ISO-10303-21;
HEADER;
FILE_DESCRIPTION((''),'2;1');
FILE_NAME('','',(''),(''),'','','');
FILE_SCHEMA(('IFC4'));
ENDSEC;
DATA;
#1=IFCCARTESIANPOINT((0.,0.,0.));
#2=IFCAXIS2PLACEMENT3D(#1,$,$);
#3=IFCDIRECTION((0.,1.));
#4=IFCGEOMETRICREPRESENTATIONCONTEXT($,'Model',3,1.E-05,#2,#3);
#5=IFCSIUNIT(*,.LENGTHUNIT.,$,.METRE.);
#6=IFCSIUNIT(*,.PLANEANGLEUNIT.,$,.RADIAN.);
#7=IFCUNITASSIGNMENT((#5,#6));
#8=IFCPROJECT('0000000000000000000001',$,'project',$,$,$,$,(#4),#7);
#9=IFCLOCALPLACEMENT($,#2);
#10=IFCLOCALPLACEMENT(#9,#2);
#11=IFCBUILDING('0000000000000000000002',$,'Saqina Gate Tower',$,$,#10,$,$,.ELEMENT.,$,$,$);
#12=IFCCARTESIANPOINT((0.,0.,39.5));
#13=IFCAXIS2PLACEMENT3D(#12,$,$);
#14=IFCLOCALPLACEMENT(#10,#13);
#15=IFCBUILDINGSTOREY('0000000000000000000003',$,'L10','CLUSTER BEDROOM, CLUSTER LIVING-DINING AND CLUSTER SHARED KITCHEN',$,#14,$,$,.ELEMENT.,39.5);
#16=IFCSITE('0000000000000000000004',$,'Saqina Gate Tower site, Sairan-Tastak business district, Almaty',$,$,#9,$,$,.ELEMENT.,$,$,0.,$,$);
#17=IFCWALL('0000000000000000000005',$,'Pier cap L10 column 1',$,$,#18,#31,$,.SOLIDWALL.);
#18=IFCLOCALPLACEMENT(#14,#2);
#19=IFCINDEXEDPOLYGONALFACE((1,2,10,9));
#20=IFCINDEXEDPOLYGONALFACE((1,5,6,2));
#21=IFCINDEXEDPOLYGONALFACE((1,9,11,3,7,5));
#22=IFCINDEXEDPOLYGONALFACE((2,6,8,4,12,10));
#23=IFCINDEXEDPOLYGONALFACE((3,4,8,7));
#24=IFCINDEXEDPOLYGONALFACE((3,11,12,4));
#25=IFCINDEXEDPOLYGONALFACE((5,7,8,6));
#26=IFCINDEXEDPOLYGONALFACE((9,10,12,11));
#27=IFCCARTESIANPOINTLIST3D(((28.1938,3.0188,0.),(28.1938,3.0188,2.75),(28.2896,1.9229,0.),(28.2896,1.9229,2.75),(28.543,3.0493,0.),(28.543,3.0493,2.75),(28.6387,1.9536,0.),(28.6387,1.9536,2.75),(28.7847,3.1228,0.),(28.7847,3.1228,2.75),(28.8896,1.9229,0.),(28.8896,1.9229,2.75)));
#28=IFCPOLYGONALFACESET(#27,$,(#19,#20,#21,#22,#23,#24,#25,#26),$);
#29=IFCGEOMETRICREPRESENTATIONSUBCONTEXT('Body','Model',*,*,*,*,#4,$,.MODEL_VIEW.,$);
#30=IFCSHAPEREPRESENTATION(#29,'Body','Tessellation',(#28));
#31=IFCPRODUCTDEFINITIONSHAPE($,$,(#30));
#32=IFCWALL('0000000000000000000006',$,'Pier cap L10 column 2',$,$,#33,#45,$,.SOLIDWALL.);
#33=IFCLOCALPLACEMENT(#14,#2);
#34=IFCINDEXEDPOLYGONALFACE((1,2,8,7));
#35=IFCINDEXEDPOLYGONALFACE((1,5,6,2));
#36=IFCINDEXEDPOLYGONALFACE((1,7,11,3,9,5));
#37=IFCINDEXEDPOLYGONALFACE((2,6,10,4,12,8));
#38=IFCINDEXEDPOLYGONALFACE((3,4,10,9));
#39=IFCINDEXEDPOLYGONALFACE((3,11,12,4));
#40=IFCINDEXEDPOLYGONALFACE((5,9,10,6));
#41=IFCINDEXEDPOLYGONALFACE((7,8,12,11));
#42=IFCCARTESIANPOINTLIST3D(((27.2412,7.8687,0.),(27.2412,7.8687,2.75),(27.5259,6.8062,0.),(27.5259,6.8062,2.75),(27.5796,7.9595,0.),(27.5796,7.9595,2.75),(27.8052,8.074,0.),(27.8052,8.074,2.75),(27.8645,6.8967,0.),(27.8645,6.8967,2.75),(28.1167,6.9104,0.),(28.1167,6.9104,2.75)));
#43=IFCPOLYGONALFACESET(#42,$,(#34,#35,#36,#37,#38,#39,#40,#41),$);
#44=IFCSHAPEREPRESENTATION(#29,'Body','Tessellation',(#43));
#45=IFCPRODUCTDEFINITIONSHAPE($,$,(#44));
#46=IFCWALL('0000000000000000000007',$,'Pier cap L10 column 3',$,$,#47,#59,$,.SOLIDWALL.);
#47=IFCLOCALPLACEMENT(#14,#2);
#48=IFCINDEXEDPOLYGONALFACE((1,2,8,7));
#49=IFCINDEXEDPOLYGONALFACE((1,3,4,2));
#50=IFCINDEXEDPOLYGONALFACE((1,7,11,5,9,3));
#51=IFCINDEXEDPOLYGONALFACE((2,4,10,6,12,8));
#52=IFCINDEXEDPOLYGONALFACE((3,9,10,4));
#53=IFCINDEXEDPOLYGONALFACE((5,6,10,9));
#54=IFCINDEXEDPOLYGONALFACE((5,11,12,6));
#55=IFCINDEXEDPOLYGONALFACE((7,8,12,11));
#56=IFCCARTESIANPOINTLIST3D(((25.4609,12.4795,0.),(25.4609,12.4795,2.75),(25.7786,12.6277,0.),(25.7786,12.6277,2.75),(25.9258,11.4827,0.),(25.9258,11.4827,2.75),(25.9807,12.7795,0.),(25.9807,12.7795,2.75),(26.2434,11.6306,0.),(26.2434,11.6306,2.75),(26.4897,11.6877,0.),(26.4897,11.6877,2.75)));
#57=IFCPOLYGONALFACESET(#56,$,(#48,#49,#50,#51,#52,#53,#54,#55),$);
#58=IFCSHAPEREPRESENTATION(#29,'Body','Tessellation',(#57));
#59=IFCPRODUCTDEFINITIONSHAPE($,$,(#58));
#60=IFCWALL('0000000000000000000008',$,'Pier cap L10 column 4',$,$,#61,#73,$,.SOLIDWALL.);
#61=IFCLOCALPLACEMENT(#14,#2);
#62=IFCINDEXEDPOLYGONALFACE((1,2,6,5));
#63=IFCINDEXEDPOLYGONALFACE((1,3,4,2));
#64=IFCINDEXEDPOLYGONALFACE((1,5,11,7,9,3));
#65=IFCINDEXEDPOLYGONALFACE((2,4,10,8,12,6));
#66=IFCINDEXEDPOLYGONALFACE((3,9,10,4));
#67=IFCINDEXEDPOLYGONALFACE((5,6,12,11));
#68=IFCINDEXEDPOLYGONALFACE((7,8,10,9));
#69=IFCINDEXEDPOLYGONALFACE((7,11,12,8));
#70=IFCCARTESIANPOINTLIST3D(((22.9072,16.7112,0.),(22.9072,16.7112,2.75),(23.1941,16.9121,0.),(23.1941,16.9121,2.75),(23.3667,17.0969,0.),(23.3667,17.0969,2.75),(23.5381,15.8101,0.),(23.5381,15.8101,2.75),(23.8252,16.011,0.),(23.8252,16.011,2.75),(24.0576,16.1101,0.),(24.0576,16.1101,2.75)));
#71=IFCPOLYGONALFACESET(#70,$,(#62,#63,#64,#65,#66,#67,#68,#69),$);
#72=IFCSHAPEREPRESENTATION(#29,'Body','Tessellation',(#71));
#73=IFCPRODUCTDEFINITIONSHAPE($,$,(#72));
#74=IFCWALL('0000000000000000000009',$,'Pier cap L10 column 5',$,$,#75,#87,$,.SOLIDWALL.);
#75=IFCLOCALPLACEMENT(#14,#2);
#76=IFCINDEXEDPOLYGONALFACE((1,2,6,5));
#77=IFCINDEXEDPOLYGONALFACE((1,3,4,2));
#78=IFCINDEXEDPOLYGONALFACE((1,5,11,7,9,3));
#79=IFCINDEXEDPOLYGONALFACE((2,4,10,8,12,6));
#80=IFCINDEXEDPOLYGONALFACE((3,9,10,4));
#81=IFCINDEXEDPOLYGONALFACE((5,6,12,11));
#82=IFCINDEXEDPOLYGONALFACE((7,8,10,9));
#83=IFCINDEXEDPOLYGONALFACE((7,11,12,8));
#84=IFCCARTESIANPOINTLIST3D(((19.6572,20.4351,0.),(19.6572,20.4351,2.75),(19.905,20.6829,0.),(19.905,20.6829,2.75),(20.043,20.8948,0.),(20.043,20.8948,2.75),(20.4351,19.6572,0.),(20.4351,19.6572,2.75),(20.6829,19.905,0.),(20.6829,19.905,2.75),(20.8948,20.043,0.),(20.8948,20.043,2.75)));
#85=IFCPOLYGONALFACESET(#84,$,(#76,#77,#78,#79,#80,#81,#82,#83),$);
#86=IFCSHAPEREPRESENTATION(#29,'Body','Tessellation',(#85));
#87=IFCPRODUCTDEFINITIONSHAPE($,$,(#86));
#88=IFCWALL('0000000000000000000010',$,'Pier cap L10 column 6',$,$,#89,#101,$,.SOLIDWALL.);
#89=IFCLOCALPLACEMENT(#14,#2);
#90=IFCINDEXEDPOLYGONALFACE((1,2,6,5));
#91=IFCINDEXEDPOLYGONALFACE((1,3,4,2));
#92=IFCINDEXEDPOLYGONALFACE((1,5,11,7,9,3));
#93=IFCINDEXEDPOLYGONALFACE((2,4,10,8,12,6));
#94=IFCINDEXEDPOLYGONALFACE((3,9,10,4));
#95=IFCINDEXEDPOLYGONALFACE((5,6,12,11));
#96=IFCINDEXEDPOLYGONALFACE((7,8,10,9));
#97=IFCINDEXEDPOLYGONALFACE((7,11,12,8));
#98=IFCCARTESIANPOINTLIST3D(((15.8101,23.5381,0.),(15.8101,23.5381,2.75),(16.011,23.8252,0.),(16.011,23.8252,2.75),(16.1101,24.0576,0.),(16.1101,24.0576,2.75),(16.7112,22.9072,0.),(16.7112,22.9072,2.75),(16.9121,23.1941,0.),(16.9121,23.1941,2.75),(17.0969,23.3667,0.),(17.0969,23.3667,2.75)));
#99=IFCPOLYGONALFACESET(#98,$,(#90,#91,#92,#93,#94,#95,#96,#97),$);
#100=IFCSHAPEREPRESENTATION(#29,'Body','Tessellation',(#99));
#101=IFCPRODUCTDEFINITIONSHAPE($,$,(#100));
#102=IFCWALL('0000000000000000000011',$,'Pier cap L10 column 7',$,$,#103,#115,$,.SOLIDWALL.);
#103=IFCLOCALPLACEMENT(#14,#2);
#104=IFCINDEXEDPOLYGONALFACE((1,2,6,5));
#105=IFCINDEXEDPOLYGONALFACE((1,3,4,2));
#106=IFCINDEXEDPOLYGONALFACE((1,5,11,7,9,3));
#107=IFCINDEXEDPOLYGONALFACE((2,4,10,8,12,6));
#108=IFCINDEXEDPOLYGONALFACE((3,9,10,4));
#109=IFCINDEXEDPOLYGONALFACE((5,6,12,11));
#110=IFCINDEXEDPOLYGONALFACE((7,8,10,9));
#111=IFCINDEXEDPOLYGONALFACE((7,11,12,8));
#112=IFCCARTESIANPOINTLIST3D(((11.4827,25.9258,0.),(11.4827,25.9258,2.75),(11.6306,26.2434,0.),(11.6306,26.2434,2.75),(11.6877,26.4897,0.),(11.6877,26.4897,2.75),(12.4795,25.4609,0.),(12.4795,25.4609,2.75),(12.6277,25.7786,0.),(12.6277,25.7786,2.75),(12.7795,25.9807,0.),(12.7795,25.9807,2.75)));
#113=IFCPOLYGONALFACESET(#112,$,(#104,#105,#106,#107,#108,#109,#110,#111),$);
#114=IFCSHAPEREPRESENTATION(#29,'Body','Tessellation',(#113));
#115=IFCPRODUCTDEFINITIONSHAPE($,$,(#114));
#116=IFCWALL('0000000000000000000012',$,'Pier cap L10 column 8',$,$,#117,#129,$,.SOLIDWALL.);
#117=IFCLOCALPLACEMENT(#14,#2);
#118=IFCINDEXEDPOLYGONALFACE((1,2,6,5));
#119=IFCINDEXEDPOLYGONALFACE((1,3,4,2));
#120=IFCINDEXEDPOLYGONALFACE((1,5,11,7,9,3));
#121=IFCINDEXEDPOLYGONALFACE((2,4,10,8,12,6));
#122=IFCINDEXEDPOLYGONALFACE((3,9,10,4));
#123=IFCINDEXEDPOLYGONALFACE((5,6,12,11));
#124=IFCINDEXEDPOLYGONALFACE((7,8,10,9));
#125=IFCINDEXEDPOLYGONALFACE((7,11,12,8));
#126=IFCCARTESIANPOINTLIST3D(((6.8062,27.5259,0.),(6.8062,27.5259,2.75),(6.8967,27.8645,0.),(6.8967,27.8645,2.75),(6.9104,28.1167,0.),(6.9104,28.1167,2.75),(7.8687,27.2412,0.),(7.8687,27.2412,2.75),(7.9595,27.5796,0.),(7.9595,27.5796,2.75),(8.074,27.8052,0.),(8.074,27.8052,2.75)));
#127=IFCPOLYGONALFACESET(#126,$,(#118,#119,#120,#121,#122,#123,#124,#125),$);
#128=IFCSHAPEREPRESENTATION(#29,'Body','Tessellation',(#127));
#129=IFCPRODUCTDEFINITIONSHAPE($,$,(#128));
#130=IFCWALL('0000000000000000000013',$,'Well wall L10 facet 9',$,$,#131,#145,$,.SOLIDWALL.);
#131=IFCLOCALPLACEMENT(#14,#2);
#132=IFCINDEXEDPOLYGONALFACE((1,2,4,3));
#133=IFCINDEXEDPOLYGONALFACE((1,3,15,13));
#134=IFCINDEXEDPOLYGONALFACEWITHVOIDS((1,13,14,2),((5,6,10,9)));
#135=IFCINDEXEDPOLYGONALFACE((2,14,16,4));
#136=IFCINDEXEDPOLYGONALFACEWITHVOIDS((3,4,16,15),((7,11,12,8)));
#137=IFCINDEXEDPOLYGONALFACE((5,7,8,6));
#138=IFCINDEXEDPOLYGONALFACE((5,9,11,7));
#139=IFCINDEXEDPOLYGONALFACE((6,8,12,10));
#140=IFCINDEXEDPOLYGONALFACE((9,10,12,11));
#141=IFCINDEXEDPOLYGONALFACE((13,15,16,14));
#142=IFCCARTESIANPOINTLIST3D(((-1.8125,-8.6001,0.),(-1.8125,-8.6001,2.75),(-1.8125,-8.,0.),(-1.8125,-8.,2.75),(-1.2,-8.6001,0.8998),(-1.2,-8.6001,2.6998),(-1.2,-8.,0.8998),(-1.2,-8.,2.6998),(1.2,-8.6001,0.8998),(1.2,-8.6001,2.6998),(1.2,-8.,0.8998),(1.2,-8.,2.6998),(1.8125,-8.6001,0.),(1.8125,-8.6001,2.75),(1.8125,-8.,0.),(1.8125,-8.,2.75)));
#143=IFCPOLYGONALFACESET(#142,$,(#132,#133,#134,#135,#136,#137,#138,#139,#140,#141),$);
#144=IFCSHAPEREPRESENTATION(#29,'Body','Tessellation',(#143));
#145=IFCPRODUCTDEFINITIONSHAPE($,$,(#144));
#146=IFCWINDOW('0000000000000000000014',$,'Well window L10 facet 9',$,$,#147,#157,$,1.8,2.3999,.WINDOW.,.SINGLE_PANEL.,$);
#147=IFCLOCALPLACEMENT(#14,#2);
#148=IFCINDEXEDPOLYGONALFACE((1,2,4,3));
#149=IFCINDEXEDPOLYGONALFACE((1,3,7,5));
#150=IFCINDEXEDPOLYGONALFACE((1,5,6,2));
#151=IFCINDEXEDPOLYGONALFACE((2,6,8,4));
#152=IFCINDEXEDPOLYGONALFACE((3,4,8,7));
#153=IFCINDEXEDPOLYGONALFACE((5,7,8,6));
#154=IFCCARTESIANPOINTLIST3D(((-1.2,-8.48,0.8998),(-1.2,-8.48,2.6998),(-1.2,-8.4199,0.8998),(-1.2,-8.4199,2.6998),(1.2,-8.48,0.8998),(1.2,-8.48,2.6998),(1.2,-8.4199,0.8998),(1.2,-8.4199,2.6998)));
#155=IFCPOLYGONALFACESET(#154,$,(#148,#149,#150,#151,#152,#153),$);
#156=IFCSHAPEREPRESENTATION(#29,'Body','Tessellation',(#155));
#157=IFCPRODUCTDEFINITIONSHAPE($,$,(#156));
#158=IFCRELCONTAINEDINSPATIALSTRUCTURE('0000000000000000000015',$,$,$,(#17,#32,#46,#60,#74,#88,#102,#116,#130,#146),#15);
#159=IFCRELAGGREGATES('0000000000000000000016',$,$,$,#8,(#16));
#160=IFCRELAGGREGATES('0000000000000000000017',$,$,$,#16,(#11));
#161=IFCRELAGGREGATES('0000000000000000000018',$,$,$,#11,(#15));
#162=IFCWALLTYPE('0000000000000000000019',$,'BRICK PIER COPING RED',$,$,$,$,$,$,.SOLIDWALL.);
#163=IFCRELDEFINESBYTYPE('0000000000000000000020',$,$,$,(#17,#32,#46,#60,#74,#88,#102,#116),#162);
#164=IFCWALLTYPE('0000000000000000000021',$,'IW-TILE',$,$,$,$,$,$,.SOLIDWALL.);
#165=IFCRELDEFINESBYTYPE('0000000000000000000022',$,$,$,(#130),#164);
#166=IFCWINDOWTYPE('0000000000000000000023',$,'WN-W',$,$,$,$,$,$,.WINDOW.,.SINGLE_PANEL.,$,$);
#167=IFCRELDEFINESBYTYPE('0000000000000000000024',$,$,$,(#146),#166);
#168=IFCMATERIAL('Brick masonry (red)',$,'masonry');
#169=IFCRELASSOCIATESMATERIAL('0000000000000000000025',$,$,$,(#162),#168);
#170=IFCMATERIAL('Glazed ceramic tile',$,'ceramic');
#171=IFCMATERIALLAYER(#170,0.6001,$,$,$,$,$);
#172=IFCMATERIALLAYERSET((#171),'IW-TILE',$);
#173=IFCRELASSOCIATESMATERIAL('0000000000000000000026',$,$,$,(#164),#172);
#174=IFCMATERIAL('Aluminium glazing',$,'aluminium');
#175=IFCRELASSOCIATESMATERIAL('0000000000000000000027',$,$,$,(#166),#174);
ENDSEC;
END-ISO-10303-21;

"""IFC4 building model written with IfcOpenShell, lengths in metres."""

from ifc_helpers import new_model, si_unit, direction, frame, frame_2d, origin, place, context, subcontext, project, spatial, polyline, rectangle, outline, extrude, material, layer, layer_set, type_object, element, fill, save


model = new_model("IFC4")

# Units and contexts
model_context = context("Model", 3, precision=1e-05, world=origin(), true_north=direction((0.0, 1.0)))
body_context = subcontext(model_context, "Body", "Model", "MODEL_VIEW")
ifc_project = project(units=[si_unit("LENGTHUNIT", "METRE"), si_unit("PLANEANGLEUNIT", "RADIAN")], contexts=[model_context])

# Site, building, storey
site_placement = place(None, origin())
site = spatial("IfcSite", under=ifc_project, at=site_placement, Name="Saqina Gate Tower site, Sairan-Tastak business district, Almaty", CompositionType="ELEMENT", RefElevation=0.0)
building_placement = place(site_placement, origin())
building = spatial("IfcBuilding", under=site, at=building_placement, Name="Saqina Gate Tower", CompositionType="ELEMENT")
storey_placement = place(building_placement, frame((0.0, 0.0, 39.5)))
storey = spatial("IfcBuildingStorey", under=building, at=storey_placement, Name="L10", Description="CLUSTER BEDROOM, CLUSTER LIVING-DINING AND CLUSTER SHARED KITCHEN", CompositionType="ELEMENT", Elevation=39.5)

# Walls
ifc_material_1 = material(Name="Brick masonry (red)", Category="masonry")
wall_type_1 = type_object("IfcWallType", Name="BRICK PIER COPING RED", PredefinedType="SOLIDWALL", material=ifc_material_1)
wall_1_placement = place(storey_placement, origin())
element("IfcWall", 1, at=wall_1_placement, inside=storey, type_object=wall_type_1, Name="Pier cap L10 column 1", PredefinedType="SOLIDWALL", context=body_context, shape_type="SweptSolid", body=[
    extrude(outline(polyline([(28.8896, 1.9229), (28.7847, 3.1228), (28.1938, 3.0188), (28.543, 3.0493), (28.6387, 1.9536), (28.2896, 1.9229), (28.8896, 1.9229)])), origin(), (0.0, 0.0, 1.0), 2.75),
])
wall_2_placement = place(storey_placement, origin())
element("IfcWall", 2, at=wall_2_placement, inside=storey, type_object=wall_type_1, Name="Pier cap L10 column 2", PredefinedType="SOLIDWALL", context=body_context, shape_type="SweptSolid", body=[
    extrude(outline(polyline([(28.1167, 6.9104), (27.8052, 8.074), (27.2412, 7.8687), (27.5796, 7.9595), (27.8645, 6.8967), (27.5259, 6.8062), (28.1167, 6.9104)])), origin(), (0.0, 0.0, 1.0), 2.75),
])
wall_3_placement = place(storey_placement, origin())
element("IfcWall", 3, at=wall_3_placement, inside=storey, type_object=wall_type_1, Name="Pier cap L10 column 3", PredefinedType="SOLIDWALL", context=body_context, shape_type="SweptSolid", body=[
    extrude(outline(polyline([(25.9807, 12.7795), (25.4609, 12.4795), (25.7786, 12.6277), (26.2434, 11.6306), (25.9258, 11.4827), (26.4897, 11.6877), (25.9807, 12.7795)])), origin(), (0.0, 0.0, 1.0), 2.75),
])
wall_4_placement = place(storey_placement, origin())
element("IfcWall", 4, at=wall_4_placement, inside=storey, type_object=wall_type_1, Name="Pier cap L10 column 4", PredefinedType="SOLIDWALL", context=body_context, shape_type="SweptSolid", body=[
    extrude(outline(polyline([(24.0576, 16.1101), (23.3667, 17.0969), (22.9072, 16.7112), (23.1941, 16.9121), (23.8252, 16.011), (23.5381, 15.8101), (24.0576, 16.1101)])), origin(), (0.0, 0.0, 1.0), 2.75),
])
wall_5_placement = place(storey_placement, origin())
element("IfcWall", 5, at=wall_5_placement, inside=storey, type_object=wall_type_1, Name="Pier cap L10 column 5", PredefinedType="SOLIDWALL", context=body_context, shape_type="SweptSolid", body=[
    extrude(outline(polyline([(20.043, 20.8948), (19.6572, 20.4351), (19.905, 20.6829), (20.6829, 19.905), (20.4351, 19.6572), (20.8948, 20.043), (20.043, 20.8948)])), origin(), (0.0, 0.0, 1.0), 2.75),
])
wall_6_placement = place(storey_placement, origin())
element("IfcWall", 6, at=wall_6_placement, inside=storey, type_object=wall_type_1, Name="Pier cap L10 column 6", PredefinedType="SOLIDWALL", context=body_context, shape_type="SweptSolid", body=[
    extrude(outline(polyline([(17.0969, 23.3667), (16.1101, 24.0576), (15.8101, 23.5381), (16.011, 23.8252), (16.9121, 23.1941), (16.7112, 22.9072), (17.0969, 23.3667)])), origin(), (0.0, 0.0, 1.0), 2.75),
])
wall_7_placement = place(storey_placement, origin())
element("IfcWall", 7, at=wall_7_placement, inside=storey, type_object=wall_type_1, Name="Pier cap L10 column 7", PredefinedType="SOLIDWALL", context=body_context, shape_type="SweptSolid", body=[
    extrude(outline(polyline([(11.6877, 26.4897), (11.4827, 25.9258), (11.6306, 26.2434), (12.6277, 25.7786), (12.4795, 25.4609), (12.7795, 25.9807), (11.6877, 26.4897)])), origin(), (0.0, 0.0, 1.0), 2.75),
])
wall_8_placement = place(storey_placement, origin())
element("IfcWall", 8, at=wall_8_placement, inside=storey, type_object=wall_type_1, Name="Pier cap L10 column 8", PredefinedType="SOLIDWALL", context=body_context, shape_type="SweptSolid", body=[
    extrude(outline(polyline([(6.9104, 28.1167), (6.8062, 27.5259), (6.8967, 27.8645), (7.9595, 27.5796), (7.8687, 27.2412), (8.074, 27.8052), (6.9104, 28.1167)])), origin(), (0.0, 0.0, 1.0), 2.75),
])

# Wall, opening, window
ifc_material_2 = material(Name="Glazed ceramic tile", Category="ceramic")
ifc_layer_1 = layer(ifc_material_2, 0.6001)
ifc_layer_set_1 = layer_set([ifc_layer_1], Name="IW-TILE")
wall_type_2 = type_object("IfcWallType", Name="IW-TILE", PredefinedType="SOLIDWALL", material=ifc_layer_set_1)
wall_9_placement = place(storey_placement, frame((-1.8125, -8.3, 0.0), z_axis=(0.0, 0.0, 1.0), x_axis=(1.0, 0.0, 0.0)))
wall_9 = element("IfcWall", 9, at=wall_9_placement, inside=storey, type_object=wall_type_2, Name="Well wall L10 facet 9", PredefinedType="SOLIDWALL", context=body_context, shape_type="SweptSolid", body=[
    extrude(rectangle(XDim=3.625, YDim=0.6001, at=frame_2d((1.8125, 0.0))), origin(), (0.0, 0.0, 1.0), 2.75),
])
opening_1_placement = place(wall_9_placement, frame((0.6125, 0.0, 0.8999)))
opening_1 = element("IfcOpeningElement", 10, at=opening_1_placement, cuts=wall_9, PredefinedType="OPENING", context=body_context, shape_type="SweptSolid", body=[
    extrude(rectangle(XDim=2.3999, YDim=1.8, at=frame_2d((1.2, 0.8999))), frame((0.0, 0.312, 0.0), z_axis=(0.0, -1.0, 0.0), x_axis=(1.0, 0.0, 0.0)), (0.0, 0.0, 1.0), 0.624),
])
ifc_material_3 = material(Name="Aluminium glazing", Category="aluminium")
window_type = type_object("IfcWindowType", Name="WN-W", PartitioningType="SINGLE_PANEL", PredefinedType="WINDOW", material=ifc_material_3)
window_placement = place(opening_1_placement, origin())
window = element("IfcWindow", 11, at=window_placement, inside=storey, type_object=window_type, Name="Well window L10 facet 9", OverallHeight=1.8, OverallWidth=2.3999, PartitioningType="SINGLE_PANEL", PredefinedType="WINDOW", context=body_context, shape_type="SweptSolid", body=[
    extrude(rectangle(XDim=2.3999, YDim=1.8, at=frame_2d((1.2, 0.8999))), frame((0.0, -0.1199, 0.0), z_axis=(0.0, -1.0, 0.0), x_axis=(1.0, 0.0, 0.0)), (0.0, 0.0, 1.0), 0.0601),
])
fill(opening_1, window)

save(model, "model.ifc")
